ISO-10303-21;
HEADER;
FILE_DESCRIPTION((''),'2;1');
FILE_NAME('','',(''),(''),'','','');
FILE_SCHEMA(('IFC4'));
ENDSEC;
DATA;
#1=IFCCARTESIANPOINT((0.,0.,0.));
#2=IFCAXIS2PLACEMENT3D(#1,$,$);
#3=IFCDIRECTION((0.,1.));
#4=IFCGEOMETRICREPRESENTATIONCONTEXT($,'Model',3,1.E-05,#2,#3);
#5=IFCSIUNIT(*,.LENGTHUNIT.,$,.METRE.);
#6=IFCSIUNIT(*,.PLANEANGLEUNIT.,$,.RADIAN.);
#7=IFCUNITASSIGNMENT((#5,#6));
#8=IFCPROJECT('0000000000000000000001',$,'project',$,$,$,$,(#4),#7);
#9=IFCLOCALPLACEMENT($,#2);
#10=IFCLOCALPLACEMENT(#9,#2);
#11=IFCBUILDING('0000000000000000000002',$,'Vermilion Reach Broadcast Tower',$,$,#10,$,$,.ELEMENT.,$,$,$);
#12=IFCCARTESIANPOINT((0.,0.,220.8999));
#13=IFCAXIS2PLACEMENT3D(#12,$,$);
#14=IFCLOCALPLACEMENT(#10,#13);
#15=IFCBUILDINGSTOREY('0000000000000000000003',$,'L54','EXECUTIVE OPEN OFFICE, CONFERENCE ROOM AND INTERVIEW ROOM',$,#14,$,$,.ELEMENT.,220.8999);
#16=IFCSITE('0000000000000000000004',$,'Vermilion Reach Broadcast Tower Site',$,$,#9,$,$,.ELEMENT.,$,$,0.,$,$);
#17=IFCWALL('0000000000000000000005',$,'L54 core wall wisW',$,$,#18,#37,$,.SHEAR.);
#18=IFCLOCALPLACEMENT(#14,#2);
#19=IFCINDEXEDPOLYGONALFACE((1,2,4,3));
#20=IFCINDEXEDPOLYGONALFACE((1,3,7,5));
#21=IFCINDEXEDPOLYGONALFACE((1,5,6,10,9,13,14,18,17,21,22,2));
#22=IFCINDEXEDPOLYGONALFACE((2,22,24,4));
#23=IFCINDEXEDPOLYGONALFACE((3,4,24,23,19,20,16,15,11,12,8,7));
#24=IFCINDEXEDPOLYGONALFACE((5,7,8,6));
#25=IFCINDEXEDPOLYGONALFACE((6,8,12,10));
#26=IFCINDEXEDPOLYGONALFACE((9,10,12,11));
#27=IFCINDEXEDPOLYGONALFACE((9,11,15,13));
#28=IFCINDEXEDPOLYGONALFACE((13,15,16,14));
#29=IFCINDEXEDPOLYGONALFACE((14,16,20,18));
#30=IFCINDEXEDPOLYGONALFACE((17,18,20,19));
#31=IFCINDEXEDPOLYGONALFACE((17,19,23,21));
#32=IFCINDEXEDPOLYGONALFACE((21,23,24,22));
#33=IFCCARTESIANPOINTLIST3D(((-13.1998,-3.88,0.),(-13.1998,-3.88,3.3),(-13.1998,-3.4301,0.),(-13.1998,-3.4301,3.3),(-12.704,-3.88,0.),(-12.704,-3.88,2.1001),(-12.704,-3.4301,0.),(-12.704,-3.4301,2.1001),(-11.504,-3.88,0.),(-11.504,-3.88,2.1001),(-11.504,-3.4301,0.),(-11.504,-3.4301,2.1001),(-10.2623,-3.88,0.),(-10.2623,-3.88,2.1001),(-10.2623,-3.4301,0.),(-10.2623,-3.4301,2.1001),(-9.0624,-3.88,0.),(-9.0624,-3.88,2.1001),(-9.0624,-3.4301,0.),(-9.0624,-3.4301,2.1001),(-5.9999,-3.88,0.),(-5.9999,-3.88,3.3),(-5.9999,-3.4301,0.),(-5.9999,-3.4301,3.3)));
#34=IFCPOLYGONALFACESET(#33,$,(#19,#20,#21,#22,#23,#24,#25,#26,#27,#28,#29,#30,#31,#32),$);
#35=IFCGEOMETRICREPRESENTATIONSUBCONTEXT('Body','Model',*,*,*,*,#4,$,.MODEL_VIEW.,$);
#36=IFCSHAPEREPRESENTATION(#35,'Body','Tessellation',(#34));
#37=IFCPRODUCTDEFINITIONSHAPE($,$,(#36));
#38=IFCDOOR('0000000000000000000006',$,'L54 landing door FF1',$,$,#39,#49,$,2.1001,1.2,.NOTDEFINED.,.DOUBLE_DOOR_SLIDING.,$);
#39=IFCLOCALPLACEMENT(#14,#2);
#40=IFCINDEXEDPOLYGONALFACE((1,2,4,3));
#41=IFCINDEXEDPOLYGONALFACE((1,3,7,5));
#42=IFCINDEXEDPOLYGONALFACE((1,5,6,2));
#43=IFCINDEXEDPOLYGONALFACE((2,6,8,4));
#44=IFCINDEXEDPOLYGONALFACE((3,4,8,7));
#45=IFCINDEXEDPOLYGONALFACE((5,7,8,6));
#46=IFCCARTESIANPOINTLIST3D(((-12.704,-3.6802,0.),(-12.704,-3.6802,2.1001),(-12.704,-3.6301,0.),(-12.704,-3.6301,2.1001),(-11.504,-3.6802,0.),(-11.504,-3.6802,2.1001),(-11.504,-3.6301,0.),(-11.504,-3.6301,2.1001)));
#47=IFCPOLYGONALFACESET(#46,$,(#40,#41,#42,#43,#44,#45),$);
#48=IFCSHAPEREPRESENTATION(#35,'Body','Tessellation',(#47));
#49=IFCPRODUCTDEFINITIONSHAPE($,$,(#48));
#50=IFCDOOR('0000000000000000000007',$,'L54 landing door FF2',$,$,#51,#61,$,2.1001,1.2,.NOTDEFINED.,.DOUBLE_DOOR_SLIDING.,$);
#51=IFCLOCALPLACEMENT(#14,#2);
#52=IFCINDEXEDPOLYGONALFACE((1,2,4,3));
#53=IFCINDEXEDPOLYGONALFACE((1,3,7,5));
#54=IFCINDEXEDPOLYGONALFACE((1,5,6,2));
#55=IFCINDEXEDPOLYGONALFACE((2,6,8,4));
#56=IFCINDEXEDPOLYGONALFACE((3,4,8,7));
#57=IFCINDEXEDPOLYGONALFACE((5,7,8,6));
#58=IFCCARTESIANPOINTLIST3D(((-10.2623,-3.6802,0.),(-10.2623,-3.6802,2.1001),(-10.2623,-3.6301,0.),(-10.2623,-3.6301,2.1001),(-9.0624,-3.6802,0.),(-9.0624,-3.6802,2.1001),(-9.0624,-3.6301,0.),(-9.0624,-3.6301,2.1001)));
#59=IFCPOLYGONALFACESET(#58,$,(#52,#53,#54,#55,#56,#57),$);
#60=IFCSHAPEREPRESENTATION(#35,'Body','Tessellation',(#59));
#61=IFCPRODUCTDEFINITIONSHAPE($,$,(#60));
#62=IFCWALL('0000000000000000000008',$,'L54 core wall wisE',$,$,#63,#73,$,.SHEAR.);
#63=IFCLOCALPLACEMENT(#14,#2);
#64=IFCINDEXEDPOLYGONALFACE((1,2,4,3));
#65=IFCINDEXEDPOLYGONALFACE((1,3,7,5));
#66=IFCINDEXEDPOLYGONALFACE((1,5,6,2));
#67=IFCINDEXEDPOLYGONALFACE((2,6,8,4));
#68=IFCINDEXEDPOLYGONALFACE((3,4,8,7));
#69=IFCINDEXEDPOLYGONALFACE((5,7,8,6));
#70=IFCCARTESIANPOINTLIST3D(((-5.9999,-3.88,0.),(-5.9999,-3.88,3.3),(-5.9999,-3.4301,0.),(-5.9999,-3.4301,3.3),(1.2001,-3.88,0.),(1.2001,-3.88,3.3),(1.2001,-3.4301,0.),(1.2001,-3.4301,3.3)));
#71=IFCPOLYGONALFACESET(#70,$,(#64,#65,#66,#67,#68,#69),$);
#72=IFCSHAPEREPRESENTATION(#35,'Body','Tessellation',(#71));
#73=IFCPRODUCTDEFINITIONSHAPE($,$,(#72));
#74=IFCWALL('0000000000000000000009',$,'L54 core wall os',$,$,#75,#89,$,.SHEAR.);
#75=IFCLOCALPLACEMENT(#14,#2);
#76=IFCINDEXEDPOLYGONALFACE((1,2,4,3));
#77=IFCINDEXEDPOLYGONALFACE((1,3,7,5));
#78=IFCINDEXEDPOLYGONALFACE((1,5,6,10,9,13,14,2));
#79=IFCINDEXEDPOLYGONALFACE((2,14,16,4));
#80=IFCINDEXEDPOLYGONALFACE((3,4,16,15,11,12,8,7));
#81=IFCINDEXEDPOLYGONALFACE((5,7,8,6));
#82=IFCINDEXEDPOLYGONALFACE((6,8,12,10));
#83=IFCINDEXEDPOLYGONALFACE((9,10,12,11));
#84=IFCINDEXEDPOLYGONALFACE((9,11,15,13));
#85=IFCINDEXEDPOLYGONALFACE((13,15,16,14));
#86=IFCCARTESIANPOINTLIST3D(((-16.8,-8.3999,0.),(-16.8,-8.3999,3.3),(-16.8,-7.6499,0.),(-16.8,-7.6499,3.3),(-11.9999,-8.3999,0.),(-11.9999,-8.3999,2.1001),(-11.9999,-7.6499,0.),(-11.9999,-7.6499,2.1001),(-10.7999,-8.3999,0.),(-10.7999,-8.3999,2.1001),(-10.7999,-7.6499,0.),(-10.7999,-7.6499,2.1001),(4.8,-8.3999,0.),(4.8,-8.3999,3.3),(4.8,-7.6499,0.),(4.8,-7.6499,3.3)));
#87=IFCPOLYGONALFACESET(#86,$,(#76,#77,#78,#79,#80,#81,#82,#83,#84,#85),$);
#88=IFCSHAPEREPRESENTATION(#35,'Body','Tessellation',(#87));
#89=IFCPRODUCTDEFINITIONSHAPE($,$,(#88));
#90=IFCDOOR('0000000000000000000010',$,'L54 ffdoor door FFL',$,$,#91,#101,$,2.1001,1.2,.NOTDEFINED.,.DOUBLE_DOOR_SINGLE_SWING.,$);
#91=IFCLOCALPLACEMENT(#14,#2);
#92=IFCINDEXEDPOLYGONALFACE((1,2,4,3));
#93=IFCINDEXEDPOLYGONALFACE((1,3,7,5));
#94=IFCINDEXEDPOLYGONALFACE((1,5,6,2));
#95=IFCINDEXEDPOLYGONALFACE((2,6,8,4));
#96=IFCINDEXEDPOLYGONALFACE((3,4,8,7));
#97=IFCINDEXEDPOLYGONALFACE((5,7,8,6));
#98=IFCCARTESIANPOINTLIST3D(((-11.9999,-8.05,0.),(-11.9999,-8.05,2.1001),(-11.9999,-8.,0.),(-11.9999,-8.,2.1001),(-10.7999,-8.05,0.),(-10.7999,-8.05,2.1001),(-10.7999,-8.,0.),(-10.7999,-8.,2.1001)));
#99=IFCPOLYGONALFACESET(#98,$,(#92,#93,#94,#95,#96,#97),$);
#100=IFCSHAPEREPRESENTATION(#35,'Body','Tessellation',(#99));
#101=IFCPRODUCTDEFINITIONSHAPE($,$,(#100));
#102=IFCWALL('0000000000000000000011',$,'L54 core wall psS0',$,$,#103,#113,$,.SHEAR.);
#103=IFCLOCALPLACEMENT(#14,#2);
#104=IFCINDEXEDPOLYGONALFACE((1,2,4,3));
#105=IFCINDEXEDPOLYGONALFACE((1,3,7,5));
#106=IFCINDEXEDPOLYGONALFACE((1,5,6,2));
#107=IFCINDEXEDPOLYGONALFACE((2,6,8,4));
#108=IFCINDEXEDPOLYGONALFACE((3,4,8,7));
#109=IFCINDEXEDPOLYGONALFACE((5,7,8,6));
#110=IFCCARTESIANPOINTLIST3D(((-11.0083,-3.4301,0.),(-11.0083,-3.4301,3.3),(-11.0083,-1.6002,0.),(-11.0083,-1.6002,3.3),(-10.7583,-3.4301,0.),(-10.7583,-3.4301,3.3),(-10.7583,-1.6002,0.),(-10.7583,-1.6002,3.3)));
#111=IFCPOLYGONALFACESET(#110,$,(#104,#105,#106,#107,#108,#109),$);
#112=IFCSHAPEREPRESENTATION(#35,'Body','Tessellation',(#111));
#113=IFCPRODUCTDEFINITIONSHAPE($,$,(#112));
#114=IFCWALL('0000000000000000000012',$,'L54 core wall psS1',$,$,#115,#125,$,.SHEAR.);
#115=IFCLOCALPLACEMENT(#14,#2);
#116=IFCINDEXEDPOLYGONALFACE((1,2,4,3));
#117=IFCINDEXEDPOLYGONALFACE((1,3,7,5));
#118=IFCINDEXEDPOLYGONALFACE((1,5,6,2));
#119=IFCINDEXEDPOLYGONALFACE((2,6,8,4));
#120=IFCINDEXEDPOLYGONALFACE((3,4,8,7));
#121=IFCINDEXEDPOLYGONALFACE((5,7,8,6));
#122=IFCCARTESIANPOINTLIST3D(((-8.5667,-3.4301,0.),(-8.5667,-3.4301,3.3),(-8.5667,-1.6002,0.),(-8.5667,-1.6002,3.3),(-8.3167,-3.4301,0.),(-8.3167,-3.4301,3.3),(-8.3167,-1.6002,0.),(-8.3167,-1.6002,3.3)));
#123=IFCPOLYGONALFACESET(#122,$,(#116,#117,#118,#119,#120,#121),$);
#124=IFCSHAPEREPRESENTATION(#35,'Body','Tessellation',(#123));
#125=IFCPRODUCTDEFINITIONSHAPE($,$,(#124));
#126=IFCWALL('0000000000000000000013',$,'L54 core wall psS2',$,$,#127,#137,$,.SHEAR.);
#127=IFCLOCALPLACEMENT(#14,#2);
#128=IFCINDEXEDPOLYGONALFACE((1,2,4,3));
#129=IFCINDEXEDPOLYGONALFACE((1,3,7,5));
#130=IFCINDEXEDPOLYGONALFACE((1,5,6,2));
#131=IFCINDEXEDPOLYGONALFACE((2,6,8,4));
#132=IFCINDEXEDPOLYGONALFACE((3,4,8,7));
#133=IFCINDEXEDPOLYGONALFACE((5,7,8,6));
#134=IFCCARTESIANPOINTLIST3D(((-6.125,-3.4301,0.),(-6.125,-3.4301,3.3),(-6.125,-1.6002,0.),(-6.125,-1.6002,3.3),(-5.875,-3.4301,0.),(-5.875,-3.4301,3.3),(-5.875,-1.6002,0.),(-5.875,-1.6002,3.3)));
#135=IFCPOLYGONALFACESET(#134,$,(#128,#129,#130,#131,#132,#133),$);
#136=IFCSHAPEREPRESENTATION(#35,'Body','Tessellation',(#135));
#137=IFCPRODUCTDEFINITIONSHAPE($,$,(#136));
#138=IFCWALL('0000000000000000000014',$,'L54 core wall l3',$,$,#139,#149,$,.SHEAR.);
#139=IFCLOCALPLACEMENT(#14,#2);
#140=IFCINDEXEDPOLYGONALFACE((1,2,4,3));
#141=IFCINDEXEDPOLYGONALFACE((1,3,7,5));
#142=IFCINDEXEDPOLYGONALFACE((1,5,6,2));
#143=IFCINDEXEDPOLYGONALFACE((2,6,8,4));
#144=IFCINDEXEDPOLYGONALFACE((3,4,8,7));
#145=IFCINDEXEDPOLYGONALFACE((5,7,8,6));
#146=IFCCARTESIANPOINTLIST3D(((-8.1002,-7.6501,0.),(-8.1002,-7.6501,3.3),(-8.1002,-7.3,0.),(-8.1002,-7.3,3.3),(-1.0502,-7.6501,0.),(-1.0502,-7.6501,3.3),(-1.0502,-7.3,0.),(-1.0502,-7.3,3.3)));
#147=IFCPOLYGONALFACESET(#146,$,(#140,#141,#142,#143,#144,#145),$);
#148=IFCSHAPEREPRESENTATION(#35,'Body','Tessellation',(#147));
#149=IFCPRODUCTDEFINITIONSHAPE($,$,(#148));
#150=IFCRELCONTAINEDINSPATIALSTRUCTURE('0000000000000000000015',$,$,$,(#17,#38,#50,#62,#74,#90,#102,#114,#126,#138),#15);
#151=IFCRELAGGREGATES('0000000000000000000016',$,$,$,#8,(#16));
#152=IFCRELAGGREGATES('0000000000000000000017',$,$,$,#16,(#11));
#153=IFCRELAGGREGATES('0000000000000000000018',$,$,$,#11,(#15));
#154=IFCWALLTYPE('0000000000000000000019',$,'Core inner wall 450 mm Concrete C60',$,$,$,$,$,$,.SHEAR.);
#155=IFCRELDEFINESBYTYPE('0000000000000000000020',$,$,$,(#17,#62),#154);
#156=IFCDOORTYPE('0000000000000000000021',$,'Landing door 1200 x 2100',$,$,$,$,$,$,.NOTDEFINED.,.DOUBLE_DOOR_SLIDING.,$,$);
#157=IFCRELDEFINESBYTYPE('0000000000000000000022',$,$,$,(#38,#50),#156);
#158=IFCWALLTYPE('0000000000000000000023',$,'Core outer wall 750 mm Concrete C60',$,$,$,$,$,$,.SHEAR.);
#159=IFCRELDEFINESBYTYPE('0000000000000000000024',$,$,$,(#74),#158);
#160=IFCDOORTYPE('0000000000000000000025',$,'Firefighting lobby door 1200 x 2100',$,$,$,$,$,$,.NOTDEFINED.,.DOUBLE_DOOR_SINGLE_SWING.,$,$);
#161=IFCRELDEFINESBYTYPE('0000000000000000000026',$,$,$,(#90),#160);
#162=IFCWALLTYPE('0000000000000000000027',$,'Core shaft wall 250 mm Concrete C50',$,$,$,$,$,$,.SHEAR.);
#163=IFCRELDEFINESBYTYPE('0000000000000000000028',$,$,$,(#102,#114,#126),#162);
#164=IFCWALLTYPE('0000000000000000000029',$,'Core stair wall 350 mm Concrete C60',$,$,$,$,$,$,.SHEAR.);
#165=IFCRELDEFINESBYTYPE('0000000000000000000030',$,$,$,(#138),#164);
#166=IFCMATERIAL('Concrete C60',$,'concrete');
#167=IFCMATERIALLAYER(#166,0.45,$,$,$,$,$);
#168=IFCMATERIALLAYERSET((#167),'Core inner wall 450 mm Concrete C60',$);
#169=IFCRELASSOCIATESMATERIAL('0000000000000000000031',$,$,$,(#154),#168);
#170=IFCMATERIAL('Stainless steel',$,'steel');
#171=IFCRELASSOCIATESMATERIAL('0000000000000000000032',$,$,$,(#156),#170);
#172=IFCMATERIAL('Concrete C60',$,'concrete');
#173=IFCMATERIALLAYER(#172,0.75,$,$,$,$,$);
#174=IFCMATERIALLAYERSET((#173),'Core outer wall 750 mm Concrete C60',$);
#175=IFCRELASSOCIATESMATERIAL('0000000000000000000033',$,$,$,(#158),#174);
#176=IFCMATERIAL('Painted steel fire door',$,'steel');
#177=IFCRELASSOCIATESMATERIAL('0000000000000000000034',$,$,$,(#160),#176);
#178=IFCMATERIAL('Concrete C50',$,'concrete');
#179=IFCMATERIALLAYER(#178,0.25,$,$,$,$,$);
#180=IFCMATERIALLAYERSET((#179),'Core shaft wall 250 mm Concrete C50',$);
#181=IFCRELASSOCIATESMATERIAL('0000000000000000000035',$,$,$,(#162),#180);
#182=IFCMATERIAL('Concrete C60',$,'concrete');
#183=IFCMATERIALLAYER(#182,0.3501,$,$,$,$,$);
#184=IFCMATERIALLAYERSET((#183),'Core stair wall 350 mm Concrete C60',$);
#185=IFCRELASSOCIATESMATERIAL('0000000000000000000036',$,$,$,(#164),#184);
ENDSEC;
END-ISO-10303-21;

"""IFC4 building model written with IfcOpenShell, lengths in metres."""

from ifc_helpers import new_model, si_unit, direction, frame, frame_2d, origin, place, context, subcontext, project, spatial, rectangle, extrude, material, layer, layer_set, type_object, element, fill, save


model = new_model("IFC4")

# Units and contexts
model_context = context("Model", 3, precision=1e-05, world=origin(), true_north=direction((0.0, 1.0)))
body_context = subcontext(model_context, "Body", "Model", "MODEL_VIEW")
ifc_project = project(units=[si_unit("LENGTHUNIT", "METRE"), si_unit("PLANEANGLEUNIT", "RADIAN")], contexts=[model_context])

# Site, building, storey
site_placement = place(None, origin())
site = spatial("IfcSite", under=ifc_project, at=site_placement, Name="Vermilion Reach Broadcast Tower Site", CompositionType="ELEMENT", RefElevation=0.0)
building_placement = place(site_placement, origin())
building = spatial("IfcBuilding", under=site, at=building_placement, Name="Vermilion Reach Broadcast Tower", CompositionType="ELEMENT")
storey_placement = place(building_placement, frame((0.0, 0.0, 220.8999)))
storey = spatial("IfcBuildingStorey", under=building, at=storey_placement, Name="L54", Description="EXECUTIVE OPEN OFFICE, CONFERENCE ROOM AND INTERVIEW ROOM", CompositionType="ELEMENT", Elevation=220.8999)

# Wall, openings, doors
ifc_material_1 = material(Name="Concrete C60", Category="concrete")
ifc_layer_1 = layer(ifc_material_1, 0.45)
ifc_layer_set_1 = layer_set([ifc_layer_1], Name="Core inner wall 450 mm Concrete C60")
wall_type_1 = type_object("IfcWallType", Name="Core inner wall 450 mm Concrete C60", PredefinedType="SHEAR", material=ifc_layer_set_1)
wall_1_placement = place(storey_placement, frame((-13.2, -3.655, 0.0), z_axis=(0.0, 0.0, 1.0), x_axis=(1.0, 0.0, 0.0)))
wall_1 = element("IfcWall", 1, at=wall_1_placement, inside=storey, type_object=wall_type_1, Name="L54 core wall wisW", PredefinedType="SHEAR", context=body_context, shape_type="SweptSolid", body=[
    extrude(rectangle(XDim=7.2, YDim=0.45, at=frame_2d((3.6001, 0.0))), origin(), (0.0, 0.0, 1.0), 3.3),
])
opening_1_placement = place(wall_1_placement, frame((0.4958, 0.0, 0.0)))
opening_1 = element("IfcOpeningElement", 2, at=opening_1_placement, cuts=wall_1, PredefinedType="OPENING", context=body_context, shape_type="SweptSolid", body=[
    extrude(rectangle(XDim=1.2, YDim=2.1001, at=frame_2d((0.6001, 1.05))), frame((0.0, 0.2349, 0.0), z_axis=(0.0, -1.0, 0.0), x_axis=(1.0, 0.0, 0.0)), (0.0, 0.0, 1.0), 0.47),
])
opening_2_placement = place(wall_1_placement, frame((2.9375, 0.0, 0.0)))
opening_2 = element("IfcOpeningElement", 3, at=opening_2_placement, cuts=wall_1, PredefinedType="OPENING", context=body_context, shape_type="SweptSolid", body=[
    extrude(rectangle(XDim=1.2, YDim=2.1001, at=frame_2d((0.6001, 1.05))), frame((0.0, 0.2349, 0.0), z_axis=(0.0, -1.0, 0.0), x_axis=(1.0, 0.0, 0.0)), (0.0, 0.0, 1.0), 0.47),
])
ifc_material_2 = material(Name="Stainless steel", Category="steel")
door_type_1 = type_object("IfcDoorType", Name="Landing door 1200 x 2100", OperationType="DOUBLE_DOOR_SLIDING", PredefinedType="NOTDEFINED", material=ifc_material_2)
door_1_placement = place(opening_1_placement, origin())
door_1 = element("IfcDoor", 4, at=door_1_placement, inside=storey, type_object=door_type_1, Name="L54 landing door FF1", OperationType="DOUBLE_DOOR_SLIDING", OverallHeight=2.1001, OverallWidth=1.2, PredefinedType="NOTDEFINED", context=body_context, shape_type="SweptSolid", body=[
    extrude(rectangle(XDim=1.2, YDim=2.1001, at=frame_2d((0.6001, 1.05))), frame((0.0, 0.0249, 0.0), z_axis=(0.0, -1.0, 0.0), x_axis=(1.0, 0.0, 0.0)), (0.0, 0.0, 1.0), 0.05),
])
fill(opening_1, door_1)
door_2_placement = place(opening_2_placement, origin())
door_2 = element("IfcDoor", 5, at=door_2_placement, inside=storey, type_object=door_type_1, Name="L54 landing door FF2", OperationType="DOUBLE_DOOR_SLIDING", OverallHeight=2.1001, OverallWidth=1.2, PredefinedType="NOTDEFINED", context=body_context, shape_type="SweptSolid", body=[
    extrude(rectangle(XDim=1.2, YDim=2.1001, at=frame_2d((0.6001, 1.05))), frame((0.0, 0.0249, 0.0), z_axis=(0.0, -1.0, 0.0), x_axis=(1.0, 0.0, 0.0)), (0.0, 0.0, 1.0), 0.05),
])
fill(opening_2, door_2)

# Wall
wall_2_placement = place(storey_placement, frame((-6.0, -3.655, 0.0), z_axis=(0.0, 0.0, 1.0), x_axis=(1.0, 0.0, 0.0)))
element("IfcWall", 6, at=wall_2_placement, inside=storey, type_object=wall_type_1, Name="L54 core wall wisE", PredefinedType="SHEAR", context=body_context, shape_type="SweptSolid", body=[
    extrude(rectangle(XDim=7.2, YDim=0.45, at=frame_2d((3.6001, 0.0))), origin(), (0.0, 0.0, 1.0), 3.3),
])

# Wall, opening, door
ifc_material_3 = material(Name="Concrete C60", Category="concrete")
ifc_layer_2 = layer(ifc_material_3, 0.75)
ifc_layer_set_2 = layer_set([ifc_layer_2], Name="Core outer wall 750 mm Concrete C60")
wall_type_2 = type_object("IfcWallType", Name="Core outer wall 750 mm Concrete C60", PredefinedType="SHEAR", material=ifc_layer_set_2)
wall_3_placement = place(storey_placement, frame((-16.8, -8.0249, 0.0), z_axis=(0.0, 0.0, 1.0), x_axis=(1.0, 0.0, 0.0)))
wall_3 = element("IfcWall", 7, at=wall_3_placement, inside=storey, type_object=wall_type_2, Name="L54 core wall os", PredefinedType="SHEAR", context=body_context, shape_type="SweptSolid", body=[
    extrude(rectangle(XDim=21.6001, YDim=0.75, at=frame_2d((10.8, 0.0))), origin(), (0.0, 0.0, 1.0), 3.3),
])
opening_3_placement = place(wall_3_placement, frame((4.8, 0.0, 0.0)))
opening_3 = element("IfcOpeningElement", 8, at=opening_3_placement, cuts=wall_3, PredefinedType="OPENING", context=body_context, shape_type="SweptSolid", body=[
    extrude(rectangle(XDim=1.2, YDim=2.1001, at=frame_2d((0.6001, 1.05))), frame((0.0, 0.385, 0.0), z_axis=(0.0, -1.0, 0.0), x_axis=(1.0, 0.0, 0.0)), (0.0, 0.0, 1.0), 0.77),
])
ifc_material_4 = material(Name="Painted steel fire door", Category="steel")
door_type_2 = type_object("IfcDoorType", Name="Firefighting lobby door 1200 x 2100", OperationType="DOUBLE_DOOR_SINGLE_SWING", PredefinedType="NOTDEFINED", material=ifc_material_4)
door_3_placement = place(opening_3_placement, origin())
door_3 = element("IfcDoor", 9, at=door_3_placement, inside=storey, type_object=door_type_2, Name="L54 ffdoor door FFL", OperationType="DOUBLE_DOOR_SINGLE_SWING", OverallHeight=2.1001, OverallWidth=1.2, PredefinedType="NOTDEFINED", context=body_context, shape_type="SweptSolid", body=[
    extrude(rectangle(XDim=1.2, YDim=2.1001, at=frame_2d((0.6001, 1.05))), frame((0.0, 0.0249, 0.0), z_axis=(0.0, -1.0, 0.0), x_axis=(1.0, 0.0, 0.0)), (0.0, 0.0, 1.0), 0.05),
])
fill(opening_3, door_3)

# Walls
ifc_material_5 = material(Name="Concrete C50", Category="concrete")
ifc_layer_3 = layer(ifc_material_5, 0.25)
ifc_layer_set_3 = layer_set([ifc_layer_3], Name="Core shaft wall 250 mm Concrete C50")
wall_type_3 = type_object("IfcWallType", Name="Core shaft wall 250 mm Concrete C50", PredefinedType="SHEAR", material=ifc_layer_set_3)
for number, where, z_axis, x_axis, name in (
    (10, (-10.8833, -1.6001, 0.0), (0.0, 0.0, 1.0), (0.0, -1.0, 0.0), "L54 core wall psS0"),
    (11, (-8.4417, -1.6001, 0.0), (0.0, 0.0, 1.0), (0.0, -1.0, 0.0), "L54 core wall psS1"),
    (12, (-6.0, -1.6001, 0.0), (0.0, 0.0, 1.0), (0.0, -1.0, 0.0), "L54 core wall psS2"),
):
    element("IfcWall", number, at=place(storey_placement, frame(where, z_axis=z_axis, x_axis=x_axis)), inside=storey, type_object=wall_type_3, Name=name, PredefinedType="SHEAR", context=body_context, shape_type="SweptSolid", body=[
        extrude(rectangle(XDim=1.8298, YDim=0.25, at=frame_2d((0.915, 0.0))), origin(), (0.0, 0.0, 1.0), 3.3),
    ])
ifc_material_6 = material(Name="Concrete C60", Category="concrete")
ifc_layer_4 = layer(ifc_material_6, 0.3501)
ifc_layer_set_4 = layer_set([ifc_layer_4], Name="Core stair wall 350 mm Concrete C60")
wall_type_4 = type_object("IfcWallType", Name="Core stair wall 350 mm Concrete C60", PredefinedType="SHEAR", material=ifc_layer_set_4)
wall_4_placement = place(storey_placement, frame((-8.1001, -7.4751, 0.0), z_axis=(0.0, 0.0, 1.0), x_axis=(1.0, 0.0, 0.0)))
element("IfcWall", 13, at=wall_4_placement, inside=storey, type_object=wall_type_4, Name="L54 core wall l3", PredefinedType="SHEAR", context=body_context, shape_type="SweptSolid", body=[
    extrude(rectangle(XDim=7.05, YDim=0.3501, at=frame_2d((3.5249, 0.0))), origin(), (0.0, 0.0, 1.0), 3.3),
])

save(model, "model.ifc")
